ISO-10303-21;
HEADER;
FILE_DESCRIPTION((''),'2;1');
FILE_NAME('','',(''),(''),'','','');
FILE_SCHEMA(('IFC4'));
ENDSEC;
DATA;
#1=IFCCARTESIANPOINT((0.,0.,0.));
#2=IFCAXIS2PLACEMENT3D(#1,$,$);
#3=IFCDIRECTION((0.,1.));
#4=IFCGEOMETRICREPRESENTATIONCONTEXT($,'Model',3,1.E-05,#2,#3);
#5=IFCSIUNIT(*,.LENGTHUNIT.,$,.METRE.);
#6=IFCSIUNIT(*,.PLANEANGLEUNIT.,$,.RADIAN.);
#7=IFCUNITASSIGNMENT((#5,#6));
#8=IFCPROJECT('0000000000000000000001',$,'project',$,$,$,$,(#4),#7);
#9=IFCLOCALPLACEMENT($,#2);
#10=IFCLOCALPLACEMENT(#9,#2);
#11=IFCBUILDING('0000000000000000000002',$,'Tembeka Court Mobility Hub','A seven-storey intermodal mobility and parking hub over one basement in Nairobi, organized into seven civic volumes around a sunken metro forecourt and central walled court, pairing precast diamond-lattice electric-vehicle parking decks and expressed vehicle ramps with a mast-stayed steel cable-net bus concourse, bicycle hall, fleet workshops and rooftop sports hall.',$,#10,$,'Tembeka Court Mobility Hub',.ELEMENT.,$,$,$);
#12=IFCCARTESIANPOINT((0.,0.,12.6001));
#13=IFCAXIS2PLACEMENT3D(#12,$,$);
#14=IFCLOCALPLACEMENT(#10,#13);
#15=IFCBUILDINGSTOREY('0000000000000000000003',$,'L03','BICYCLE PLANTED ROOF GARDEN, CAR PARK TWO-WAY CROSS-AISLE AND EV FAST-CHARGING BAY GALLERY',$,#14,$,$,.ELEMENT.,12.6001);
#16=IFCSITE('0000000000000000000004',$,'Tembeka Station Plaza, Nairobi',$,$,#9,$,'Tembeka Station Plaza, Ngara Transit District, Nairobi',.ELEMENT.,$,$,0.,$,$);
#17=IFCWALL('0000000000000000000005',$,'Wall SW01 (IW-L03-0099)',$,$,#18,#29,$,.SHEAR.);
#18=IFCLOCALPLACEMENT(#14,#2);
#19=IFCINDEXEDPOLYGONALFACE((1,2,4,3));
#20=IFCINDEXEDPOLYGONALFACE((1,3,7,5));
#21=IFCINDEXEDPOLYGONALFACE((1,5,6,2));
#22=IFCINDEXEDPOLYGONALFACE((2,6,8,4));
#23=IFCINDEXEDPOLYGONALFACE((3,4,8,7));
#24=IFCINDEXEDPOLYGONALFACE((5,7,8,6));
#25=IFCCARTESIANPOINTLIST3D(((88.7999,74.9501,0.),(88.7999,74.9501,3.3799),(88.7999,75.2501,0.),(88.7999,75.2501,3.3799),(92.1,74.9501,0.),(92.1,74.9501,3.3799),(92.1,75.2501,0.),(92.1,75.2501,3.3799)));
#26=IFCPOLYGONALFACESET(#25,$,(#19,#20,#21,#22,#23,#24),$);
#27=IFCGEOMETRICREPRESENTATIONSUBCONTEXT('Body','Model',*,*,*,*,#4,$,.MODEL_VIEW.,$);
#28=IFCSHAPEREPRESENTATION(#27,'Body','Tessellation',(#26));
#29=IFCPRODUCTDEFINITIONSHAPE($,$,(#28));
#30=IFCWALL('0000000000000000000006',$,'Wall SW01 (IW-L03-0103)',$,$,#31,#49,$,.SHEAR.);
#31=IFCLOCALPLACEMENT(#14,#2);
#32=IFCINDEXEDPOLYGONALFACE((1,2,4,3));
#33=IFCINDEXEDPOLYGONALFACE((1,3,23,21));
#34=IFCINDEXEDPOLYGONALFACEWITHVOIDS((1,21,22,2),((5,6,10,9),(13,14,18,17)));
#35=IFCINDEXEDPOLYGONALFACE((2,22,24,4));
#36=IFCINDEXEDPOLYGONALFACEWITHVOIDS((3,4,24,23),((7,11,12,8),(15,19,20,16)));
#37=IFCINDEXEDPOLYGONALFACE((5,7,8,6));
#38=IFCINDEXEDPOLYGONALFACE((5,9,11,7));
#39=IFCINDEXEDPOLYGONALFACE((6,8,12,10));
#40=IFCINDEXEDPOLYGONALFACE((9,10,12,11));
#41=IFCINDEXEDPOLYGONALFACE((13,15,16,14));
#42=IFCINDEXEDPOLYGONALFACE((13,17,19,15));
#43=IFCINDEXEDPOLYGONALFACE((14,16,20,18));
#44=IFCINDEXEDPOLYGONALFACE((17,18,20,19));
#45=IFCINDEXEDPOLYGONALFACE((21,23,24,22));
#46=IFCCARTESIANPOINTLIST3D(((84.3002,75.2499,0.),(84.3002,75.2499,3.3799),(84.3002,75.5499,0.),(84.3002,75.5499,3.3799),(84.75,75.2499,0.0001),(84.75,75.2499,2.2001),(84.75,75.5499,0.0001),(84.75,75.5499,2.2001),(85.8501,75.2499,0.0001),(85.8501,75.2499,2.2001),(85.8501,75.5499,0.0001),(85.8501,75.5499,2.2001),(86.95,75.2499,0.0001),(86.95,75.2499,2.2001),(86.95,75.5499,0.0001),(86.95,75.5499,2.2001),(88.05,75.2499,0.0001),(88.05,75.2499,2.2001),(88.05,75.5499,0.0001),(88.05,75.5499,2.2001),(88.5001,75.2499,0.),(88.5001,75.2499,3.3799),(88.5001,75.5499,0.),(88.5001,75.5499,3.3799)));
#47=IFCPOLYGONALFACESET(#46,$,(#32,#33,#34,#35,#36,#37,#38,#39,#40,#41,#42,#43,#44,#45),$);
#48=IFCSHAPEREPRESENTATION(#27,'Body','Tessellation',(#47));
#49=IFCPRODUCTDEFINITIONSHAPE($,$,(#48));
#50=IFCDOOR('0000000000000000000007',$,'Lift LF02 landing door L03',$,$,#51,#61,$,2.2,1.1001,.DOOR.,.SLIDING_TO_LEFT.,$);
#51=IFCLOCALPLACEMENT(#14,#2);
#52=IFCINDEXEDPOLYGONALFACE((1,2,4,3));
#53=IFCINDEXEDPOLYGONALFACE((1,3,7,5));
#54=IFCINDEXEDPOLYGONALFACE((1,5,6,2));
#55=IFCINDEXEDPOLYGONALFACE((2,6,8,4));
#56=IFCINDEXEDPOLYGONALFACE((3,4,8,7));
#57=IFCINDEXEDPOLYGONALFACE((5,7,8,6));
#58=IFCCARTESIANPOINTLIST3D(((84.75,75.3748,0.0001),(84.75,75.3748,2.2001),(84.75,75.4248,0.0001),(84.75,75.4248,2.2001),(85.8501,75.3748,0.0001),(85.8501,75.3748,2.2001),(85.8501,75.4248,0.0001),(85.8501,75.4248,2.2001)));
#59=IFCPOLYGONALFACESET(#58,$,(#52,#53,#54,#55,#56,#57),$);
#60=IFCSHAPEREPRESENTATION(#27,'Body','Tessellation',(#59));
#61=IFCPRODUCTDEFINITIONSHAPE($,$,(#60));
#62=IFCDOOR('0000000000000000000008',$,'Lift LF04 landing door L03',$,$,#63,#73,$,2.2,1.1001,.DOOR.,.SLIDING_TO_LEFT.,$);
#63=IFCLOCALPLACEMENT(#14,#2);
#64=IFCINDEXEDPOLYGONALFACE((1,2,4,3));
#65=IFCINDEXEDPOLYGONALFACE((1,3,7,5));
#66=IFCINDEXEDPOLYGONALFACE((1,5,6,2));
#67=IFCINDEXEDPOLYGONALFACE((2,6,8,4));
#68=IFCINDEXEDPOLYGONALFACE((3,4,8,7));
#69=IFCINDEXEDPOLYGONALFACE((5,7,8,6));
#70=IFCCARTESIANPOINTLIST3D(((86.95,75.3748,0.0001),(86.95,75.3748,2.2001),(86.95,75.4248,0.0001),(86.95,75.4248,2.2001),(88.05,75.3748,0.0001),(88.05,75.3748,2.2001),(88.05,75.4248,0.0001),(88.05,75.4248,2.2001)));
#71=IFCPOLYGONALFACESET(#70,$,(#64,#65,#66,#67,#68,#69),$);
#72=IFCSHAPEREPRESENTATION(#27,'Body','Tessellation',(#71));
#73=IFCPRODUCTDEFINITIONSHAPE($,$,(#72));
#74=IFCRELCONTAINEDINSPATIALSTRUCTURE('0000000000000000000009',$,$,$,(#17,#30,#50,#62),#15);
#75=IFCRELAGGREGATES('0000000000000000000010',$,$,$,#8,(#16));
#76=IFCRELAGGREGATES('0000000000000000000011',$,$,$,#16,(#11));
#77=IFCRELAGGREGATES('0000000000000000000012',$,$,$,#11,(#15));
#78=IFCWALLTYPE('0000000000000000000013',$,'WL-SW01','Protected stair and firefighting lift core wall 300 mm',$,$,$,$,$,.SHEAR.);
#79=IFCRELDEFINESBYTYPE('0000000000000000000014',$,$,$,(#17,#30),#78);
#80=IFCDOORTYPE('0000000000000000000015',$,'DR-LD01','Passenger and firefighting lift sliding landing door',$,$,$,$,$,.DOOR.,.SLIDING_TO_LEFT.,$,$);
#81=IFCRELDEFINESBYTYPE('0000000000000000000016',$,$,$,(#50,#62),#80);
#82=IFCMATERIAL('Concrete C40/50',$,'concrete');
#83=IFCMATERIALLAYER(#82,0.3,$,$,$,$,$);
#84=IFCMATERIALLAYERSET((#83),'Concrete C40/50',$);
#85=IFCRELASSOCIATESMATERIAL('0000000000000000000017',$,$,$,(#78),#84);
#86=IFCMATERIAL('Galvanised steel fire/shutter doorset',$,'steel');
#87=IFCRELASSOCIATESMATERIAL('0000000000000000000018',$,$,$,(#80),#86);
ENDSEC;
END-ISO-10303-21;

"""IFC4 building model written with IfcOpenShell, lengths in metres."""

from ifc_helpers import new_model, si_unit, direction, frame, frame_2d, origin, place, context, subcontext, project, spatial, rectangle, extrude, material, layer, layer_set, type_object, element, fill, save


model = new_model("IFC4")

# Units and contexts
model_context = context("Model", 3, precision=1e-05, world=origin(), true_north=direction((0.0, 1.0)))
body_context = subcontext(model_context, "Body", "Model", "MODEL_VIEW")
ifc_project = project(units=[si_unit("LENGTHUNIT", "METRE"), si_unit("PLANEANGLEUNIT", "RADIAN")], contexts=[model_context])

# Site, building, storey
site_placement = place(None, origin())
site = spatial("IfcSite", under=ifc_project, at=site_placement, Name="Tembeka Station Plaza, Nairobi", LongName="Tembeka Station Plaza, Ngara Transit District, Nairobi", CompositionType="ELEMENT", RefElevation=0.0)
building_placement = place(site_placement, origin())
building = spatial("IfcBuilding", under=site, at=building_placement, Name="Tembeka Court Mobility Hub", Description="A seven-storey intermodal mobility and parking hub over one basement in Nairobi, organized into seven civic volumes around a sunken metro forecourt and central walled court, pairing precast diamond-lattice electric-vehicle parking decks and expressed vehicle ramps with a mast-stayed steel cable-net bus concourse, bicycle hall, fleet workshops and rooftop sports hall.", LongName="Tembeka Court Mobility Hub", CompositionType="ELEMENT")
storey_placement = place(building_placement, frame((0.0, 0.0, 12.6001)))
storey = spatial("IfcBuildingStorey", under=building, at=storey_placement, Name="L03", Description="BICYCLE PLANTED ROOF GARDEN, CAR PARK TWO-WAY CROSS-AISLE AND EV FAST-CHARGING BAY GALLERY", CompositionType="ELEMENT", Elevation=12.6001)

# Wall
ifc_material_1 = material(Name="Concrete C40/50", Category="concrete")
ifc_layer_1 = layer(ifc_material_1, 0.3)
ifc_layer_set_1 = layer_set([ifc_layer_1], Name="Concrete C40/50")
wall_type_1 = type_object("IfcWallType", Name="WL-SW01", Description="Protected stair and firefighting lift core wall 300 mm", PredefinedType="SHEAR", material=ifc_layer_set_1)
wall_1_placement = place(storey_placement, frame((88.8, 75.1001, 0.0), z_axis=(0.0, 0.0, 1.0), x_axis=(1.0, 0.0, 0.0)))
element("IfcWall", 1, at=wall_1_placement, inside=storey, type_object=wall_type_1, Name="Wall SW01 (IW-L03-0099)", PredefinedType="SHEAR", context=body_context, shape_type="SweptSolid", body=[
    extrude(rectangle(XDim=3.3, YDim=0.3, at=frame_2d((1.6499, 0.0))), origin(), (0.0, 0.0, 1.0), 3.3799),
])

# Wall, openings, doors
wall_2_placement = place(storey_placement, frame((84.3, 75.3999, 0.0), z_axis=(0.0, 0.0, 1.0), x_axis=(1.0, 0.0, 0.0)))
wall_2 = element("IfcWall", 2, at=wall_2_placement, inside=storey, type_object=wall_type_1, Name="Wall SW01 (IW-L03-0103)", PredefinedType="SHEAR", context=body_context, shape_type="SweptSolid", body=[
    extrude(rectangle(XDim=4.2, YDim=0.3, at=frame_2d((2.1001, 0.0))), origin(), (0.0, 0.0, 1.0), 3.3799),
])
opening_1_placement = place(wall_2_placement, frame((0.45, 0.0, 0.0)))
opening_1 = element("IfcOpeningElement", 3, at=opening_1_placement, cuts=wall_2, PredefinedType="OPENING", context=body_context, shape_type="SweptSolid", body=[
    extrude(rectangle(XDim=1.1001, YDim=2.2, at=frame_2d((0.55, 1.1001))), frame((0.0, 0.1602, 0.0), z_axis=(0.0, -1.0, 0.0), x_axis=(1.0, 0.0, 0.0)), (0.0, 0.0, 1.0), 0.3201),
])
opening_2_placement = place(wall_2_placement, frame((2.6499, 0.0, 0.0)))
opening_2 = element("IfcOpeningElement", 4, at=opening_2_placement, cuts=wall_2, PredefinedType="OPENING", context=body_context, shape_type="SweptSolid", body=[
    extrude(rectangle(XDim=1.1001, YDim=2.2, at=frame_2d((0.55, 1.1001))), frame((0.0, 0.1602, 0.0), z_axis=(0.0, -1.0, 0.0), x_axis=(1.0, 0.0, 0.0)), (0.0, 0.0, 1.0), 0.3201),
])
ifc_material_2 = material(Name="Galvanised steel fire/shutter doorset", Category="steel")
door_type = type_object("IfcDoorType", Name="DR-LD01", Description="Passenger and firefighting lift sliding landing door", OperationType="SLIDING_TO_LEFT", PredefinedType="DOOR", material=ifc_material_2)
door_1_placement = place(opening_1_placement, origin())
door_1 = element("IfcDoor", 5, at=door_1_placement, inside=storey, type_object=door_type, Name="Lift LF02 landing door L03", OperationType="SLIDING_TO_LEFT", OverallHeight=2.2, OverallWidth=1.1001, PredefinedType="DOOR", context=body_context, shape_type="SweptSolid", body=[
    extrude(rectangle(XDim=1.1001, YDim=2.2, at=frame_2d((0.55, 1.1001))), frame((0.0, 0.0249, 0.0), z_axis=(0.0, -1.0, 0.0), x_axis=(1.0, 0.0, 0.0)), (0.0, 0.0, 1.0), 0.05),
])
fill(opening_1, door_1)
door_2_placement = place(opening_2_placement, origin())
door_2 = element("IfcDoor", 6, at=door_2_placement, inside=storey, type_object=door_type, Name="Lift LF04 landing door L03", OperationType="SLIDING_TO_LEFT", OverallHeight=2.2, OverallWidth=1.1001, PredefinedType="DOOR", context=body_context, shape_type="SweptSolid", body=[
    extrude(rectangle(XDim=1.1001, YDim=2.2, at=frame_2d((0.55, 1.1001))), frame((0.0, 0.0249, 0.0), z_axis=(0.0, -1.0, 0.0), x_axis=(1.0, 0.0, 0.0)), (0.0, 0.0, 1.0), 0.05),
])
fill(opening_2, door_2)

save(model, "model.ifc")
